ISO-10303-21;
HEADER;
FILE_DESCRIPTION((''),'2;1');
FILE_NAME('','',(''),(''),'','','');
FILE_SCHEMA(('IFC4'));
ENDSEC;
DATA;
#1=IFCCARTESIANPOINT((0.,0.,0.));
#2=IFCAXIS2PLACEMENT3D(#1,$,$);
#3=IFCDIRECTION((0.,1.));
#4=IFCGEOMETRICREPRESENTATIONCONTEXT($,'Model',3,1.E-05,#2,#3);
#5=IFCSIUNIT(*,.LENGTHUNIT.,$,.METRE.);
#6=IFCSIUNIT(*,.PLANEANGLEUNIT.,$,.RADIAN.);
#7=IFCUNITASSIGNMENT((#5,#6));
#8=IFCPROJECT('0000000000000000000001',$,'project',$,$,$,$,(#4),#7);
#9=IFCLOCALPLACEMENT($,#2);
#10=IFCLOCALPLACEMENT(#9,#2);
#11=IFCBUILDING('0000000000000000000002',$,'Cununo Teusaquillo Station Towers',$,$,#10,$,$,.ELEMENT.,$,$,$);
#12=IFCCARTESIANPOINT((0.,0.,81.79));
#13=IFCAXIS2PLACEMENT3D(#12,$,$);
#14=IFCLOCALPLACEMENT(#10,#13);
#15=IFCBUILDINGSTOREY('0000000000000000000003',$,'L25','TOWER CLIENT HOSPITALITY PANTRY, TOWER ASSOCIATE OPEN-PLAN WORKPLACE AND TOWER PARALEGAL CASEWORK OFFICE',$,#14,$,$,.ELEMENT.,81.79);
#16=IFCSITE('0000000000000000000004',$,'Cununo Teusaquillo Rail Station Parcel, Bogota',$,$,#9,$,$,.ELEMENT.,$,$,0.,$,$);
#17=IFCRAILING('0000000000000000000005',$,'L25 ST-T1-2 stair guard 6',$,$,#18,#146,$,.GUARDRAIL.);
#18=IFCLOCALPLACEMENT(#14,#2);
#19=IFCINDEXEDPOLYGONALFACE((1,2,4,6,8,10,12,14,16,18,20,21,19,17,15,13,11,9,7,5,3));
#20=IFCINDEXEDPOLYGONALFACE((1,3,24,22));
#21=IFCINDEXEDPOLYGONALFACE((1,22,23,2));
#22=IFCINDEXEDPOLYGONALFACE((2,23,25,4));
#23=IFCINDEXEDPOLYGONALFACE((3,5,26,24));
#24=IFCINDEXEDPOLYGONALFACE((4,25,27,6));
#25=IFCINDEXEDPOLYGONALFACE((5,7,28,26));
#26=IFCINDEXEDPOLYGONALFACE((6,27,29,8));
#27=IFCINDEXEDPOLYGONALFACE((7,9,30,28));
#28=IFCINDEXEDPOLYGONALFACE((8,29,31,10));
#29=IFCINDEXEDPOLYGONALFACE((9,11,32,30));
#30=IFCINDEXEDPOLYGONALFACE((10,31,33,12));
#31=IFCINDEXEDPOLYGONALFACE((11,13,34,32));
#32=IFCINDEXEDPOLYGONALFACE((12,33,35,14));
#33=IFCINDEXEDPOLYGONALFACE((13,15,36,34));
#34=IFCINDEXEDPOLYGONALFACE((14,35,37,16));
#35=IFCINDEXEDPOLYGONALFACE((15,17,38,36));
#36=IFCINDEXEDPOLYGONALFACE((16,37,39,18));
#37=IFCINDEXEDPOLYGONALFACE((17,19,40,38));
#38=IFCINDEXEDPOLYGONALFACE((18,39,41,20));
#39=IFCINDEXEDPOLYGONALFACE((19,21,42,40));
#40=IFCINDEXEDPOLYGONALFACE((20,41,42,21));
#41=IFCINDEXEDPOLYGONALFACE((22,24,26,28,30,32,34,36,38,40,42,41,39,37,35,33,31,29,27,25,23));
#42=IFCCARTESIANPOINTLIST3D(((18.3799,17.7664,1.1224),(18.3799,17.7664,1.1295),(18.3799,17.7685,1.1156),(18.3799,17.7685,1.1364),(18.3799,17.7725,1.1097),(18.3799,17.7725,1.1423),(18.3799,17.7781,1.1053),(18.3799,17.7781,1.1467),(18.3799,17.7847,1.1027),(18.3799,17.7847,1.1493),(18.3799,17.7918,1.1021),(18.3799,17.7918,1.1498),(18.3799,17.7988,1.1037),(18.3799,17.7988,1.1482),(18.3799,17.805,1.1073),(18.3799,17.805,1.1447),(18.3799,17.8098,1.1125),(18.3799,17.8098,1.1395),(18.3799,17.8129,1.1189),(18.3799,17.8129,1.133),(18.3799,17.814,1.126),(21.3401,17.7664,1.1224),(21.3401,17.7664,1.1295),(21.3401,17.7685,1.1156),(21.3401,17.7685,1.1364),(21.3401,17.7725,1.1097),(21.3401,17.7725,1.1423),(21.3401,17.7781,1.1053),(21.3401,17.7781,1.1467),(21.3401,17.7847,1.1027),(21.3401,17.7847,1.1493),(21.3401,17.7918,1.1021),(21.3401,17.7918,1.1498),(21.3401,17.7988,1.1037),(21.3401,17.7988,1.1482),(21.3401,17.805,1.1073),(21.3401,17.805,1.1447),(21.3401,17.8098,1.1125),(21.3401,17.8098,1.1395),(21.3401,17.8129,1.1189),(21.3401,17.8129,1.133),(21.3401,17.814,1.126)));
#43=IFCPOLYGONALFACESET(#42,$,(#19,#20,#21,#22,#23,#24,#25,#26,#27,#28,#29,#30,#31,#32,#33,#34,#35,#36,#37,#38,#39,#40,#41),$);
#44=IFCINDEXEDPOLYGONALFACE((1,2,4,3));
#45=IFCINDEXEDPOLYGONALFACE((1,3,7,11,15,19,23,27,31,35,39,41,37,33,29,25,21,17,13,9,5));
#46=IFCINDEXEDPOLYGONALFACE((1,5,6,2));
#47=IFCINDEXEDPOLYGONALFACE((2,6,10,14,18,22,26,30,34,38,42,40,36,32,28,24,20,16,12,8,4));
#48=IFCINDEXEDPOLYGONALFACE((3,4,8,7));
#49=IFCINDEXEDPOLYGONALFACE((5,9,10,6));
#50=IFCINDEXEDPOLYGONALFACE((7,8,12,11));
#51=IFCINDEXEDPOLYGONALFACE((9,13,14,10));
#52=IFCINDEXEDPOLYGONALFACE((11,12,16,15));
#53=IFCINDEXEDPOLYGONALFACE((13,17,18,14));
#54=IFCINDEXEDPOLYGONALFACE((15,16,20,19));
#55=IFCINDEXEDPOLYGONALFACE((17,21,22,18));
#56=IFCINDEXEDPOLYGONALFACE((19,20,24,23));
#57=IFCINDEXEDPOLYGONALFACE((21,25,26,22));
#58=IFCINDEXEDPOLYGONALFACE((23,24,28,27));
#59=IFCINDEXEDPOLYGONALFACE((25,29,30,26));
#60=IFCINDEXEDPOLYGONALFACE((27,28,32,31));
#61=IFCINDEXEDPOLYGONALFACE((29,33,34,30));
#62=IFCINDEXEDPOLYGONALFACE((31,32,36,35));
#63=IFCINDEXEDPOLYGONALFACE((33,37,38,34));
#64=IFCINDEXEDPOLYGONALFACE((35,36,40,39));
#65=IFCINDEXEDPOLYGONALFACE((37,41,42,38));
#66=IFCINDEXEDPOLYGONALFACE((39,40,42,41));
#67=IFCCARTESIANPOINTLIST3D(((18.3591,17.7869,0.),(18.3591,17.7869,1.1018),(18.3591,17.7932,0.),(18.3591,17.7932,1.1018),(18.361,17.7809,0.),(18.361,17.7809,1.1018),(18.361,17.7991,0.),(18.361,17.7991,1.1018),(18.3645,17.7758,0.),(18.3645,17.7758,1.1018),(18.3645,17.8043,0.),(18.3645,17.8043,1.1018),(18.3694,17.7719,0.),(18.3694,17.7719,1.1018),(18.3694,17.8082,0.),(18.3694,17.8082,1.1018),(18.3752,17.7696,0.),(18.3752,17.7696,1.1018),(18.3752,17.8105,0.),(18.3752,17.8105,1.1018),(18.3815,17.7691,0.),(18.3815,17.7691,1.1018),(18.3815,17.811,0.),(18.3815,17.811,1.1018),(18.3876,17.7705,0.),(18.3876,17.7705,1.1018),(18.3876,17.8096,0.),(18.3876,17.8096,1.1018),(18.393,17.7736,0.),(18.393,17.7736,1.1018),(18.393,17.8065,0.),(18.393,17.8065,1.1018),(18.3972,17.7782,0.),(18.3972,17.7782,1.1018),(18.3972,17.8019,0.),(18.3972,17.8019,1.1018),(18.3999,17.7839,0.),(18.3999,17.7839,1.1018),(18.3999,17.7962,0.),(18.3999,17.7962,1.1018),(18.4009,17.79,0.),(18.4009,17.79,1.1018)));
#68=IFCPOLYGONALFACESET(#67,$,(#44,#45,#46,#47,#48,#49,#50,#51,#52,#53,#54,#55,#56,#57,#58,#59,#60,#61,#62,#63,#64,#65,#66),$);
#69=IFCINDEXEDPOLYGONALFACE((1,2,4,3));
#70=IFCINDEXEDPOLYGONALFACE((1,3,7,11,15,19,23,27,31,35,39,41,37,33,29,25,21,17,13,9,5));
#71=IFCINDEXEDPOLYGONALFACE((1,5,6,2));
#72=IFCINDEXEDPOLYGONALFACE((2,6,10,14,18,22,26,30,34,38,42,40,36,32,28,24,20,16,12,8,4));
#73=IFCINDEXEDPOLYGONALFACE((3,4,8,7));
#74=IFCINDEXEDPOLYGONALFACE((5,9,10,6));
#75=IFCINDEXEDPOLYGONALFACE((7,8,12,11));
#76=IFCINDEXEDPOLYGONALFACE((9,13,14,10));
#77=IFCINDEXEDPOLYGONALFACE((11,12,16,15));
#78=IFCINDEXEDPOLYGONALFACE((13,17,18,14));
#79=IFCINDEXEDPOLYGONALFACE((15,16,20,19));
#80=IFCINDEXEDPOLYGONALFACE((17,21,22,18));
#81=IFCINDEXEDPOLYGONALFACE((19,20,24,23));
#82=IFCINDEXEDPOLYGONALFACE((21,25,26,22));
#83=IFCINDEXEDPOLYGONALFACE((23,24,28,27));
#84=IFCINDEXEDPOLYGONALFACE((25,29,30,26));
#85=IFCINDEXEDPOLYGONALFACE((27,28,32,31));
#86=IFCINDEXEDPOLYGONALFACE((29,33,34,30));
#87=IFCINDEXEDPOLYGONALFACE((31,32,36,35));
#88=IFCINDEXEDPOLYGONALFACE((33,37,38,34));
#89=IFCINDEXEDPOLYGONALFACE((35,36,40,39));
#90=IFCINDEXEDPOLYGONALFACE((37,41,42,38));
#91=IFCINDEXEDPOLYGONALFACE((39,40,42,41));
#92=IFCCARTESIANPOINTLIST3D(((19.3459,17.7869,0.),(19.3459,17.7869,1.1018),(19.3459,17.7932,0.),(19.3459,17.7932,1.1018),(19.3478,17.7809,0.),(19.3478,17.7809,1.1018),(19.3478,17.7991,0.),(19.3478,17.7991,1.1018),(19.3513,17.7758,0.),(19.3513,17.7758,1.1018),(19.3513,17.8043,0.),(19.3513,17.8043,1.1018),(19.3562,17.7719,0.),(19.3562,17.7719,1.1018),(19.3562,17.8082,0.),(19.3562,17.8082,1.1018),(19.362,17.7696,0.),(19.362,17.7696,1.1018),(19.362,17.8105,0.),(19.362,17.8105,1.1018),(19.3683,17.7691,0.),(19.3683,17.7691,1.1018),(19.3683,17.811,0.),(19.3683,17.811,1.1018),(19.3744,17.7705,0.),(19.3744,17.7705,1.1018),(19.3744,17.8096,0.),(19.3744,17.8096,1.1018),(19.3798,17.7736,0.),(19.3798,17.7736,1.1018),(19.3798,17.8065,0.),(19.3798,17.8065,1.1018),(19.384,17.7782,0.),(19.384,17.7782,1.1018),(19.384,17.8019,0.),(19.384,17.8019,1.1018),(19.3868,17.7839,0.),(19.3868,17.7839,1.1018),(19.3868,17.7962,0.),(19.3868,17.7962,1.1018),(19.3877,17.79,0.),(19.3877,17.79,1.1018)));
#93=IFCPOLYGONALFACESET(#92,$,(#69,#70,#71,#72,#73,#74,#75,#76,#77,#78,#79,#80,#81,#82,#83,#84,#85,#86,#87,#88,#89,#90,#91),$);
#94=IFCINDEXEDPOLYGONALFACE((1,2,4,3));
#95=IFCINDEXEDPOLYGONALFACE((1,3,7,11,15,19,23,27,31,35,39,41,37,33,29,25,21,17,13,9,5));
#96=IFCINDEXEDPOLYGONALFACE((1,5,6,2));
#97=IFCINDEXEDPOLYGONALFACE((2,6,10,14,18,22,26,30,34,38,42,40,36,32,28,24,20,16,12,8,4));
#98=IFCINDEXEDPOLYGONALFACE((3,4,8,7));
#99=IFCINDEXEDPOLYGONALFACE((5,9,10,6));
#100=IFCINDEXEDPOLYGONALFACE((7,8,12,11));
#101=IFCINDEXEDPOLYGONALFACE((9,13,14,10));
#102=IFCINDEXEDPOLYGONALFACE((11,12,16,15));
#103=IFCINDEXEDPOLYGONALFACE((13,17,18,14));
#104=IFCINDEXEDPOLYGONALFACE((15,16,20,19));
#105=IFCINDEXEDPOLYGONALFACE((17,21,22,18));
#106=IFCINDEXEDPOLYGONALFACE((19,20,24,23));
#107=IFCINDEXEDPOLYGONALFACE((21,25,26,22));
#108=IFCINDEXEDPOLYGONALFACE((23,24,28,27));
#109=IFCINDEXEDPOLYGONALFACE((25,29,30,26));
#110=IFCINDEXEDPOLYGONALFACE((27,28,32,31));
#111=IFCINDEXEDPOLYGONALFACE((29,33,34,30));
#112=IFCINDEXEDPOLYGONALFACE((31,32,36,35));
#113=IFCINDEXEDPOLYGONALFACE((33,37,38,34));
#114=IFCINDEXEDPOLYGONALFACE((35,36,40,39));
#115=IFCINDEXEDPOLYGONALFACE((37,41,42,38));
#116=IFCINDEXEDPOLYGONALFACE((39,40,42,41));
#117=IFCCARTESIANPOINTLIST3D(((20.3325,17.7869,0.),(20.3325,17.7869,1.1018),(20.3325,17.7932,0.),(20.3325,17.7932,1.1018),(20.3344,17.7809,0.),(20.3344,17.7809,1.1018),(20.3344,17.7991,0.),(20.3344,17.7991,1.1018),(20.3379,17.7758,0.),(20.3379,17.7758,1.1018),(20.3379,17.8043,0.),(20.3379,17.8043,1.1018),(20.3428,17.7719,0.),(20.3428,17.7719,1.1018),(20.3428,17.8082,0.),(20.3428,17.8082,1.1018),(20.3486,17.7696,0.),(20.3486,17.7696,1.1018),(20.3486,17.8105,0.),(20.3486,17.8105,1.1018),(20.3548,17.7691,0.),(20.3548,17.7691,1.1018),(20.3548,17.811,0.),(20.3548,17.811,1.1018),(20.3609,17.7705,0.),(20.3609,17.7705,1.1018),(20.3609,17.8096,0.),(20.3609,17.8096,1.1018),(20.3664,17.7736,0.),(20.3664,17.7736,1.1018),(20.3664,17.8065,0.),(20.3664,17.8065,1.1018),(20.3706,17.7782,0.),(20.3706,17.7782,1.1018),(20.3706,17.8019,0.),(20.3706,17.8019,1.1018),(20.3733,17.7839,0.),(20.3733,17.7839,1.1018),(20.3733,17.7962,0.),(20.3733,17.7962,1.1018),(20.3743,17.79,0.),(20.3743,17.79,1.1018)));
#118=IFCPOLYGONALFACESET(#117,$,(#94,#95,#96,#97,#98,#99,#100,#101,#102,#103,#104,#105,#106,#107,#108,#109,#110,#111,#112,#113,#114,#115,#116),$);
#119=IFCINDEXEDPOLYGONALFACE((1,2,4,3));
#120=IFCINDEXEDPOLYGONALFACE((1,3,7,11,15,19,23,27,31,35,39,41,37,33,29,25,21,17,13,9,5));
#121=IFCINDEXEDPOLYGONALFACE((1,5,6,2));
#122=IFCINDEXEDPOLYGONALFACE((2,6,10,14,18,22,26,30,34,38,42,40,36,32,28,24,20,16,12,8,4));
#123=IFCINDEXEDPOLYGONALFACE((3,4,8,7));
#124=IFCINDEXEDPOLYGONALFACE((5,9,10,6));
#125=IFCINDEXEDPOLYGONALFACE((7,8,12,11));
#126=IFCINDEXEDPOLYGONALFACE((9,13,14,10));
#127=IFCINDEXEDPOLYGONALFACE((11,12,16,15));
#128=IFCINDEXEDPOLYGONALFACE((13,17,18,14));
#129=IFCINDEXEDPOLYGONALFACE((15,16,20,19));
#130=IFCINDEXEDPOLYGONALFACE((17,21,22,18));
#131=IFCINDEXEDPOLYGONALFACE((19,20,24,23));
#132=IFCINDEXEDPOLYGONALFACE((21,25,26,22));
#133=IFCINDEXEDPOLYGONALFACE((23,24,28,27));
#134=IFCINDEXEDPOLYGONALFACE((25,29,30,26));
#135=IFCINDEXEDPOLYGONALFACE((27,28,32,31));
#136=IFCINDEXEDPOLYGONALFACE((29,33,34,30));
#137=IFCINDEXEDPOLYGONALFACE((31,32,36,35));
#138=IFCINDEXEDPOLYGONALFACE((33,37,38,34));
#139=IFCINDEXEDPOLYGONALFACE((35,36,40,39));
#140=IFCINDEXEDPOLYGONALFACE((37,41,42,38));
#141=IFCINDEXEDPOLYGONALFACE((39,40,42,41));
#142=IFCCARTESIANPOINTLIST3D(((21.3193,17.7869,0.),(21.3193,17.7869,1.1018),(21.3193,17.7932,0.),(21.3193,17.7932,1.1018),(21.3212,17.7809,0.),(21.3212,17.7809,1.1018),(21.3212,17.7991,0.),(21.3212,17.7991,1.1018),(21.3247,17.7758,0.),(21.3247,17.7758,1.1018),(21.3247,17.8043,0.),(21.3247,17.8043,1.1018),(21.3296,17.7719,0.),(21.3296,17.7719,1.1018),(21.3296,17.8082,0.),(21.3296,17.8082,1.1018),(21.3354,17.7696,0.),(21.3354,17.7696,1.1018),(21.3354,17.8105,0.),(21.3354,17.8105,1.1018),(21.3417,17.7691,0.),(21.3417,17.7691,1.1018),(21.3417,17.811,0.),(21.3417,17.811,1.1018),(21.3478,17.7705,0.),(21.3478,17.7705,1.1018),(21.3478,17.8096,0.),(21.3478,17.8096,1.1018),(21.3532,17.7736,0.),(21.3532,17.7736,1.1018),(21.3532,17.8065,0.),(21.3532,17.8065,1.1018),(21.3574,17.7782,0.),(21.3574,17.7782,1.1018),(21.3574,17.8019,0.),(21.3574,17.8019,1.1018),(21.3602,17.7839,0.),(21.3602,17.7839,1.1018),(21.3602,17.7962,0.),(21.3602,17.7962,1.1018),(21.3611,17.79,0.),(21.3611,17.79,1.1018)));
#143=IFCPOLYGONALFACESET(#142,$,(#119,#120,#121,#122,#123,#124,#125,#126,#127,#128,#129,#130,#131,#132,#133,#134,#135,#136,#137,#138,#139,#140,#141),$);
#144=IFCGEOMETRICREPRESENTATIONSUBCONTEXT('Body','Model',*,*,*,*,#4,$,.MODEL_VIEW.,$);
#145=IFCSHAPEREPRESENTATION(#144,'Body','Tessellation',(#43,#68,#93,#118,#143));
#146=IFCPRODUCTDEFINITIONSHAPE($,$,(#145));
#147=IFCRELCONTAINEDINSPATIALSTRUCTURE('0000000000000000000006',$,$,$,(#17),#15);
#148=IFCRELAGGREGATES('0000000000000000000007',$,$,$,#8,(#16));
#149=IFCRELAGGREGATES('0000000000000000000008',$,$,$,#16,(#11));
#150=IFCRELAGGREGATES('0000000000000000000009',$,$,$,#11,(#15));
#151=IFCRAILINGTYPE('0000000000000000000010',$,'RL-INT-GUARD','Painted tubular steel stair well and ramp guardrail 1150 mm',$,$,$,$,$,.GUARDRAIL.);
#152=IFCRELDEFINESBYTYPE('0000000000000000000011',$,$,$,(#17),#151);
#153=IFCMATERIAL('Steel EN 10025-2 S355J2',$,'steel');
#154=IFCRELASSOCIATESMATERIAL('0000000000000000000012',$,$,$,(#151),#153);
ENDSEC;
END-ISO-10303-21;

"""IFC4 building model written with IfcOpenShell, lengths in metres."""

from ifc_helpers import new_model, si_unit, direction, frame, origin, origin_2d, place, context, subcontext, project, spatial, circle, extrude, material, type_object, element, save


model = new_model("IFC4")

# Units and contexts
model_context = context("Model", 3, precision=1e-05, world=origin(), true_north=direction((0.0, 1.0)))
body_context = subcontext(model_context, "Body", "Model", "MODEL_VIEW")
ifc_project = project(units=[si_unit("LENGTHUNIT", "METRE"), si_unit("PLANEANGLEUNIT", "RADIAN")], contexts=[model_context])

# Site, building, storey
site_placement = place(None, origin())
site = spatial("IfcSite", under=ifc_project, at=site_placement, Name="Cununo Teusaquillo Rail Station Parcel, Bogota", CompositionType="ELEMENT", RefElevation=0.0)
building_placement = place(site_placement, origin())
building = spatial("IfcBuilding", under=site, at=building_placement, Name="Cununo Teusaquillo Station Towers", CompositionType="ELEMENT")
storey_placement = place(building_placement, frame((0.0, 0.0, 81.79)))
storey = spatial("IfcBuildingStorey", under=building, at=storey_placement, Name="L25", Description="TOWER CLIENT HOSPITALITY PANTRY, TOWER ASSOCIATE OPEN-PLAN WORKPLACE AND TOWER PARALEGAL CASEWORK OFFICE", CompositionType="ELEMENT", Elevation=81.79)

# Railing
ifc_material_1 = material(Name="Steel EN 10025-2 S355J2", Category="steel")
railing_type_1 = type_object("IfcRailingType", Name="RL-INT-GUARD", Description="Painted tubular steel stair well and ramp guardrail 1150 mm", PredefinedType="GUARDRAIL", material=ifc_material_1)
railing_1_placement = place(storey_placement, frame((18.3799, 17.79, 0.0)))
element("IfcRailing", 1, at=railing_1_placement, inside=storey, type_object=railing_type_1, Name="L25 ST-T1-2 stair guard 6", PredefinedType="GUARDRAIL", context=body_context, shape_type="SweptSolid", body=[
    extrude(circle(Radius=0.0239, at=origin_2d()), frame((0.0, 0.0, 1.126), z_axis=(1.0, 0.0, 0.0), x_axis=(0.0, 1.0, 0.0)), (0.0, 0.0, 1.0), 2.9602),
    extrude(circle(Radius=0.021, at=origin_2d()), origin(), (0.0, 0.0, 1.0), 1.1018),
    extrude(circle(Radius=0.021, at=origin_2d()), frame((0.9868, 0.0, 0.0)), (0.0, 0.0, 1.0), 1.1018),
    extrude(circle(Radius=0.021, at=origin_2d()), frame((1.9734, 0.0, 0.0)), (0.0, 0.0, 1.0), 1.1018),
    extrude(circle(Radius=0.021, at=origin_2d()), frame((2.9602, 0.0, 0.0)), (0.0, 0.0, 1.0), 1.1018),
])

save(model, "model.ifc")
